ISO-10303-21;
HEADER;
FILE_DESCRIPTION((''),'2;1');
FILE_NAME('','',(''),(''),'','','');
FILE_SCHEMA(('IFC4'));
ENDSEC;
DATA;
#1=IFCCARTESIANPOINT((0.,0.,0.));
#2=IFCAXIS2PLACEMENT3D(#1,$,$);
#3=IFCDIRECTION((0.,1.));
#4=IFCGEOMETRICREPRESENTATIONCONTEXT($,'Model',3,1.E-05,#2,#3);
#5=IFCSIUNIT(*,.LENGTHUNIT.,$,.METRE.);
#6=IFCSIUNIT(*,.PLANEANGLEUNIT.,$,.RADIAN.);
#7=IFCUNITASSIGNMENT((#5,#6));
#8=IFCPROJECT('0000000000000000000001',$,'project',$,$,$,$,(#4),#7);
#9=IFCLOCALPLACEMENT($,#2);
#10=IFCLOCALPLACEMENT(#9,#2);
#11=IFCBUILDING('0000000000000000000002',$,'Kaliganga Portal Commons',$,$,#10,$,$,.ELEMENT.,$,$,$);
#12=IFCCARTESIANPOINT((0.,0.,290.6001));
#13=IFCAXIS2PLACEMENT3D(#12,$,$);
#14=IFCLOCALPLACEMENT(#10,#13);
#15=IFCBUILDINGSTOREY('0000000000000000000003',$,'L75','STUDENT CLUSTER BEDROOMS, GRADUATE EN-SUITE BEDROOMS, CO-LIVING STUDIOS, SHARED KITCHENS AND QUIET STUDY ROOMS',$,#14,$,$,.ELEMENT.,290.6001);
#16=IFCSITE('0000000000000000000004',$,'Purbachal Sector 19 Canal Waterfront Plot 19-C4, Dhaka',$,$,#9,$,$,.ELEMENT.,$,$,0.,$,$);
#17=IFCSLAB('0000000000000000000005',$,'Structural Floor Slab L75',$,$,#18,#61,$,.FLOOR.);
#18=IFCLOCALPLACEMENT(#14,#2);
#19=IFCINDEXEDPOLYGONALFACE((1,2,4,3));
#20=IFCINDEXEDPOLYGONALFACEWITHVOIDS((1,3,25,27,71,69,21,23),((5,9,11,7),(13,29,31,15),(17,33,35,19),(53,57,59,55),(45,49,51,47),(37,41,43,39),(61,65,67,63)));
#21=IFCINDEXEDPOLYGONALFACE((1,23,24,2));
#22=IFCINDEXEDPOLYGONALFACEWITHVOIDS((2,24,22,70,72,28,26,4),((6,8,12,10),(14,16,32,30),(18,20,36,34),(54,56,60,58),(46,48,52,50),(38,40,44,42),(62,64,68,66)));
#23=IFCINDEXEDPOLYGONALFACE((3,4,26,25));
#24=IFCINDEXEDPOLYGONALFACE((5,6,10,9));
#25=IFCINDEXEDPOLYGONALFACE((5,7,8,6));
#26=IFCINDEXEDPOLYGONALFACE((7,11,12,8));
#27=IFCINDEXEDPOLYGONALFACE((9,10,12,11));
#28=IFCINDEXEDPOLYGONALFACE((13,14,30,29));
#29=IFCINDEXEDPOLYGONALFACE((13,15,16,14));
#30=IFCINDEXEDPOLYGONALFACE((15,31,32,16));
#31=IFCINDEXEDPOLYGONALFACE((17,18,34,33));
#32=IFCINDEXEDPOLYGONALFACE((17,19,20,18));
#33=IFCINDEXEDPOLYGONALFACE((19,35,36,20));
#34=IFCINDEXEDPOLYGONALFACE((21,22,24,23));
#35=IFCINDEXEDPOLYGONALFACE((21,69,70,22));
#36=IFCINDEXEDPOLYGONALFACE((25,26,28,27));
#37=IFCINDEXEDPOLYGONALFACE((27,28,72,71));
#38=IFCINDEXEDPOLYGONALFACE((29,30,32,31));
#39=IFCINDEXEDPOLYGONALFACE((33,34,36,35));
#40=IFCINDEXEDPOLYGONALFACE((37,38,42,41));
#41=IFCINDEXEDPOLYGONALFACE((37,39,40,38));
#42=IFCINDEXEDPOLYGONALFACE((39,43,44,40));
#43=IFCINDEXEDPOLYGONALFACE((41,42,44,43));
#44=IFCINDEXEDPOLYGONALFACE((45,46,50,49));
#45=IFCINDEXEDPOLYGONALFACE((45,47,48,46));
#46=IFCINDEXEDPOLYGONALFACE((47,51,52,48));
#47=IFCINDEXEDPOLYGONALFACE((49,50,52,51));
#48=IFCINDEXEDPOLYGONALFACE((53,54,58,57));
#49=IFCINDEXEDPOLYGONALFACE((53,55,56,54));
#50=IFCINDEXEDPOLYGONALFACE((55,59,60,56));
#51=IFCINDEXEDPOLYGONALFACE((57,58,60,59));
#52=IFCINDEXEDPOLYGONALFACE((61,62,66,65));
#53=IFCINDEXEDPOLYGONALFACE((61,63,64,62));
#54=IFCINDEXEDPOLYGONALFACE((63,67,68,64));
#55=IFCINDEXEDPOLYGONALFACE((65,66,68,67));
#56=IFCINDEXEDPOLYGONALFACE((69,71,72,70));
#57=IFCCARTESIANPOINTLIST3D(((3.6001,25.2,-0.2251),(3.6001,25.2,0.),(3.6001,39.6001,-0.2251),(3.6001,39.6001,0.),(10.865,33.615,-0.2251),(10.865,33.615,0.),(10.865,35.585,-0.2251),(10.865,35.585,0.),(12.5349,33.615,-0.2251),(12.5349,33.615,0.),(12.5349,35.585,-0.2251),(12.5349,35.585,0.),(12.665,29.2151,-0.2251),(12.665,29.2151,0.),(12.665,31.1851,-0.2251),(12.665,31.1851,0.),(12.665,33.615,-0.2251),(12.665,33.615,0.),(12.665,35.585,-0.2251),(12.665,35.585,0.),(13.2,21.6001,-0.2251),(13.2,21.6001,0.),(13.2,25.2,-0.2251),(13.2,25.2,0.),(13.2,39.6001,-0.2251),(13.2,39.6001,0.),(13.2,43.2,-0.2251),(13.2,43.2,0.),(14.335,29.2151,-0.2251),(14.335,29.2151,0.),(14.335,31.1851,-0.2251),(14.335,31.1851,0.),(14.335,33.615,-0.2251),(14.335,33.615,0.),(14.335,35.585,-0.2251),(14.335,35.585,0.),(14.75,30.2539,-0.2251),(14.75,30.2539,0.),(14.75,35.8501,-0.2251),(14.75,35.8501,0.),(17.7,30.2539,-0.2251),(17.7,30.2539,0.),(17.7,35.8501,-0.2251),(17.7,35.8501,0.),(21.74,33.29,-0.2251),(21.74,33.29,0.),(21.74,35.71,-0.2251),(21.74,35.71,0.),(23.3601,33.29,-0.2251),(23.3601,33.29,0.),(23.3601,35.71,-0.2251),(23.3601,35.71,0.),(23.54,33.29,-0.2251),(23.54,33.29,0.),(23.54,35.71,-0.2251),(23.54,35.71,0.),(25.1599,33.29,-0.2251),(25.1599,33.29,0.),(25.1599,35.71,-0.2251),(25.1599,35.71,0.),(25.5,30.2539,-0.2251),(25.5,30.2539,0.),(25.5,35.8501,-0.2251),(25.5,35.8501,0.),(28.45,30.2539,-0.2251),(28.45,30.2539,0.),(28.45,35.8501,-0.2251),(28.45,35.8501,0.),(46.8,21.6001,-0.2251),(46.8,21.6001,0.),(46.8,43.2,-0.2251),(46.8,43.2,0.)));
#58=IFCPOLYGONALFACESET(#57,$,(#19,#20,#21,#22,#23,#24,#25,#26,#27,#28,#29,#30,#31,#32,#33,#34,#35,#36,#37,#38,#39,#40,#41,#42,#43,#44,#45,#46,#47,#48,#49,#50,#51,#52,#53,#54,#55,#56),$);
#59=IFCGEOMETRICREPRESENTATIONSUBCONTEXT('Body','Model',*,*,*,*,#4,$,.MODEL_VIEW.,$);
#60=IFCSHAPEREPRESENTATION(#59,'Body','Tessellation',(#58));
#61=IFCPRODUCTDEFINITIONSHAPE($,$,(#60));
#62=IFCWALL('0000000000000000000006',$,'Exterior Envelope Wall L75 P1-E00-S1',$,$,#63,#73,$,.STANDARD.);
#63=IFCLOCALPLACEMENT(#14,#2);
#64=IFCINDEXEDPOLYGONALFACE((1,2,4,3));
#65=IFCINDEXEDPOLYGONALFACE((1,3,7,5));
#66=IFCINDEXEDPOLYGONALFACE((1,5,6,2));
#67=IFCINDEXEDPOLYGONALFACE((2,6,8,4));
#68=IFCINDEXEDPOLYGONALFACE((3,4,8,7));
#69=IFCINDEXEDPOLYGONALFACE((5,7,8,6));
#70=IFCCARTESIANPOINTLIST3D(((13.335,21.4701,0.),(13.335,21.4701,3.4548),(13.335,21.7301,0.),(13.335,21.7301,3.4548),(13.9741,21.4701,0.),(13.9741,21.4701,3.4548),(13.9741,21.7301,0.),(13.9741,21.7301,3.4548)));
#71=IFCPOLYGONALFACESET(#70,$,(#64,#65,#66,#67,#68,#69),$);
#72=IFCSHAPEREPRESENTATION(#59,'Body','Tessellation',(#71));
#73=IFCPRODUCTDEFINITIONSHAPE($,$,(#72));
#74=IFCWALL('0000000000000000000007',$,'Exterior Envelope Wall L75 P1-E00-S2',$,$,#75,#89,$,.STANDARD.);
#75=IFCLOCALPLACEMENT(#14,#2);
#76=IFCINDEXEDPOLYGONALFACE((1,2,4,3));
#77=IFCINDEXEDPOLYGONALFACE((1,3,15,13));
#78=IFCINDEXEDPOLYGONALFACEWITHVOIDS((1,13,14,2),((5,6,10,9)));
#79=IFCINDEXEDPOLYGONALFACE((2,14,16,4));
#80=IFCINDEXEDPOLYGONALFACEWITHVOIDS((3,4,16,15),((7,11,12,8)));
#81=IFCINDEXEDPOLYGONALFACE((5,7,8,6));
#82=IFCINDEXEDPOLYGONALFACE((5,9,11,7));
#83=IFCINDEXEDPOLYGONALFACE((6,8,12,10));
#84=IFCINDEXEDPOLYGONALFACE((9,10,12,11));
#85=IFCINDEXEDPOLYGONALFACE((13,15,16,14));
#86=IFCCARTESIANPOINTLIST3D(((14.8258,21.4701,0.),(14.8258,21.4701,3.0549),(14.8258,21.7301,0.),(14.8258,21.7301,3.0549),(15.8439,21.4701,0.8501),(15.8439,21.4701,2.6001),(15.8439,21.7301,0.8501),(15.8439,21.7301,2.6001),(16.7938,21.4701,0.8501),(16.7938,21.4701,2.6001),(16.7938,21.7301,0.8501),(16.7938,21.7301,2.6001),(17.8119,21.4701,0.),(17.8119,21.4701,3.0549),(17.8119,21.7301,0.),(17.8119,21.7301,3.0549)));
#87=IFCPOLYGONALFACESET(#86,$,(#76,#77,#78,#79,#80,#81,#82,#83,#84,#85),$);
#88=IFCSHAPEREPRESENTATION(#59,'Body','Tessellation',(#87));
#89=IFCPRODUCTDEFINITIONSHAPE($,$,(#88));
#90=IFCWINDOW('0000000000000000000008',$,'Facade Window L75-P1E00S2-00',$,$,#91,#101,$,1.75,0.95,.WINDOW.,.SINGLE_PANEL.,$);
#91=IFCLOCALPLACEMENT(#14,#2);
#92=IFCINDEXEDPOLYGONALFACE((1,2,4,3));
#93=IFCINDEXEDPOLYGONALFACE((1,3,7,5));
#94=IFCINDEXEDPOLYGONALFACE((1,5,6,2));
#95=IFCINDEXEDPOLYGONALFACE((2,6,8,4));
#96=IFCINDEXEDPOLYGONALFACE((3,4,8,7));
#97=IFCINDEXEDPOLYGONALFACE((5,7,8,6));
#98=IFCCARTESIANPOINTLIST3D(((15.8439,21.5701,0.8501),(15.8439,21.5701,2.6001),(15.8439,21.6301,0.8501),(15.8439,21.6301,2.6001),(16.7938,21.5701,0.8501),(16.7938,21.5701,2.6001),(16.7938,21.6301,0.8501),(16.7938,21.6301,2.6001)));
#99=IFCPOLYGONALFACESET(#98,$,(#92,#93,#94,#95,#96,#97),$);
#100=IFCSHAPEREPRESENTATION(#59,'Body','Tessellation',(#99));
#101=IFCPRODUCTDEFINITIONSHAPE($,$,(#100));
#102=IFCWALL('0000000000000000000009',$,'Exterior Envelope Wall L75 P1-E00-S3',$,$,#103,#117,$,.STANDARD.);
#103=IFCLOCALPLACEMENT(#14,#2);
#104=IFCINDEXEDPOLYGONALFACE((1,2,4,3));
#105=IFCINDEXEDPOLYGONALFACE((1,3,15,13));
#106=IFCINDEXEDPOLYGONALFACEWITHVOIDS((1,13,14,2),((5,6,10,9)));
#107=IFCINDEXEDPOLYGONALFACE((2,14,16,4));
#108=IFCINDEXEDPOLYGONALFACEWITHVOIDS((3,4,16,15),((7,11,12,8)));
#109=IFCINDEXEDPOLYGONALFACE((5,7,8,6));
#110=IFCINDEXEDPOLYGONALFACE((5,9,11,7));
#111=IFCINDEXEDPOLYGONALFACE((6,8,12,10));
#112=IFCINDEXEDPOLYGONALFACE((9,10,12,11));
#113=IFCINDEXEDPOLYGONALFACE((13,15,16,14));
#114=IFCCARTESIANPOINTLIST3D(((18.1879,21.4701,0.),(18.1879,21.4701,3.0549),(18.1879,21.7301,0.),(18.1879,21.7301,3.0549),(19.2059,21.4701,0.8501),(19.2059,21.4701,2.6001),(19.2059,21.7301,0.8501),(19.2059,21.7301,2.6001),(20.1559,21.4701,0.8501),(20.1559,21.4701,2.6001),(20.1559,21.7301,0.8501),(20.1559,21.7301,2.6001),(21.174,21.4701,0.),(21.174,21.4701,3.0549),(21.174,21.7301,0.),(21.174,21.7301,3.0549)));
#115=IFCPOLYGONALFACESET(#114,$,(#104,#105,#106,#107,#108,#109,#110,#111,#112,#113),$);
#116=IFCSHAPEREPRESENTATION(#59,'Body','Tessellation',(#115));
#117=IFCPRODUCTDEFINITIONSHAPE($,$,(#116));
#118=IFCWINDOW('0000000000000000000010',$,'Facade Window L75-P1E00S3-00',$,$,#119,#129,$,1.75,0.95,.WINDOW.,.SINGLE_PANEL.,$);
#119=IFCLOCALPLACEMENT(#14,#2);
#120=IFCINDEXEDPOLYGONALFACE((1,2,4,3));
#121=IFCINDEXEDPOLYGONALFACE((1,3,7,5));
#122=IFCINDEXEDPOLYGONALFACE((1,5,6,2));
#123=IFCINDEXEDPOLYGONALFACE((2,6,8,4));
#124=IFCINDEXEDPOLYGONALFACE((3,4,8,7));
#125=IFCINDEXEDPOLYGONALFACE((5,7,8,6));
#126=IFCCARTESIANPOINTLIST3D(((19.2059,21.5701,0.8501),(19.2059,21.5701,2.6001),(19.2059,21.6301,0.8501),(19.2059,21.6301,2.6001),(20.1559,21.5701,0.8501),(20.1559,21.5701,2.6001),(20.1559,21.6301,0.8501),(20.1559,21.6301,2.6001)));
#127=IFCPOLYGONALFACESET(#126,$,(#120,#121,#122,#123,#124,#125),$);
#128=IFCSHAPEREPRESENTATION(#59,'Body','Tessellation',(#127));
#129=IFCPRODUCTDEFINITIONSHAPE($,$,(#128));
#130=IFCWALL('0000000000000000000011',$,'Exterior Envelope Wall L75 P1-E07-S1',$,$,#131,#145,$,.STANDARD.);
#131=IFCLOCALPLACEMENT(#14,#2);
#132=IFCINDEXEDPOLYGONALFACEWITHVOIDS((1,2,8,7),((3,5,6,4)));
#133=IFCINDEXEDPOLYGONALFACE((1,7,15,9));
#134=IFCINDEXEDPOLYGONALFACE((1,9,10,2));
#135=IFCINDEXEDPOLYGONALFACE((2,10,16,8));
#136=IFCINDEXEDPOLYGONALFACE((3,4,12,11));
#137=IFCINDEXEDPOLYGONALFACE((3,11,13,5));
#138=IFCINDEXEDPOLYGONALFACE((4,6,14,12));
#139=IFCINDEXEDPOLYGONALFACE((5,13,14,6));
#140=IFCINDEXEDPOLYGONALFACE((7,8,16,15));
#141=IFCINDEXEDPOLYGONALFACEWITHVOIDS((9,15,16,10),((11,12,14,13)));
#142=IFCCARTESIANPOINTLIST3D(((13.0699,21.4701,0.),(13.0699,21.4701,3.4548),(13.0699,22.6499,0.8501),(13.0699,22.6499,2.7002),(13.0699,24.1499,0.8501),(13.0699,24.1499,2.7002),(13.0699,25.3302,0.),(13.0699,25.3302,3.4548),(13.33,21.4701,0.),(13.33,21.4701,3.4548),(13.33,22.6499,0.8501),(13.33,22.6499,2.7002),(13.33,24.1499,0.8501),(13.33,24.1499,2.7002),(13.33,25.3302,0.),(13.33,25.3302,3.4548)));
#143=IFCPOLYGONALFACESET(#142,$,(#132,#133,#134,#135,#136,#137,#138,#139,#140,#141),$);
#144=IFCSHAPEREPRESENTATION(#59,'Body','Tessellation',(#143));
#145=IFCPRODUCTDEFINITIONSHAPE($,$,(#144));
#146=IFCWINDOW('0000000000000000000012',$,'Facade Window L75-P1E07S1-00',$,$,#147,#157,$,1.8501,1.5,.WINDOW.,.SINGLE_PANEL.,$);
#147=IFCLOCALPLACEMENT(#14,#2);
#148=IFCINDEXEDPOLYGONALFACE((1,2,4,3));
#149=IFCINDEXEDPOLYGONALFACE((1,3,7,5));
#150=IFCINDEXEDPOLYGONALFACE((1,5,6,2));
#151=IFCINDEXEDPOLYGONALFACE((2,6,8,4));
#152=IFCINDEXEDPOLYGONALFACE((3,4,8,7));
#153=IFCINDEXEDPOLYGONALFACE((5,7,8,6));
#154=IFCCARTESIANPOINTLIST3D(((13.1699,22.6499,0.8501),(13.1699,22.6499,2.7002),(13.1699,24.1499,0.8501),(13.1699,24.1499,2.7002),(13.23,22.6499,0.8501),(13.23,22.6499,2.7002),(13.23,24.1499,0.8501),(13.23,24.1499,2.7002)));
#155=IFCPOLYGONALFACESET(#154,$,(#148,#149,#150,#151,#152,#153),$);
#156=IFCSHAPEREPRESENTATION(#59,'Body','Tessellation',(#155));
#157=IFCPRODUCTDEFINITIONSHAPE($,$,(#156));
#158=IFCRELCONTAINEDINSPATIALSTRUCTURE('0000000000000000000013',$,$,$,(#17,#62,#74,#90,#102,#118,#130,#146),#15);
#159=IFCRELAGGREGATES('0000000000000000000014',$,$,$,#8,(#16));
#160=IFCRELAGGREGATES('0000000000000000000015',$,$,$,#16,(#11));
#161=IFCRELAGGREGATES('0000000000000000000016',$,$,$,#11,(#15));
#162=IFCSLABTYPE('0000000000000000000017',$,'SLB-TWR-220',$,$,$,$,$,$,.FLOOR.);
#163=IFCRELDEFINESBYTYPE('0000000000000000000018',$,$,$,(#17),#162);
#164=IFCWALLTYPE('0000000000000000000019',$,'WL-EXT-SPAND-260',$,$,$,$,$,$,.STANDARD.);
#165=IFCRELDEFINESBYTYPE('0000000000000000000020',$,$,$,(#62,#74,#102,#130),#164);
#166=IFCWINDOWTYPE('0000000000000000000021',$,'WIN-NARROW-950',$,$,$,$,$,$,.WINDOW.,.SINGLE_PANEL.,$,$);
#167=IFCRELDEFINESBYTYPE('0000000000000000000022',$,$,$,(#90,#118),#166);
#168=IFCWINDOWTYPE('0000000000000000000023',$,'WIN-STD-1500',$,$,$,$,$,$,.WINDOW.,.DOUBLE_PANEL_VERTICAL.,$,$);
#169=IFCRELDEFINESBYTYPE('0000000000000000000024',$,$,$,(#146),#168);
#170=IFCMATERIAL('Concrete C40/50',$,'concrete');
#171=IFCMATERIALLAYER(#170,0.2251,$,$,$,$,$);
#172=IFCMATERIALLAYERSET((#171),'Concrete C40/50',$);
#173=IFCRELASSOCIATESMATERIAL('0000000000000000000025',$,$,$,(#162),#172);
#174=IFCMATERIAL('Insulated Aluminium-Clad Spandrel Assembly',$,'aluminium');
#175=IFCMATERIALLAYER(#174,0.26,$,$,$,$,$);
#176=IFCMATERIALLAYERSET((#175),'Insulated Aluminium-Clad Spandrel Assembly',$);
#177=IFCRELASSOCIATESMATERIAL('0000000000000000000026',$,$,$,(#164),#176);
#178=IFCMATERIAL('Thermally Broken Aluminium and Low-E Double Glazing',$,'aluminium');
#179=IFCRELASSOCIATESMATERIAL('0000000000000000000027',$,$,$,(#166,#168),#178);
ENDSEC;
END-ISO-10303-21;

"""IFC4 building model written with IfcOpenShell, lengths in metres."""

from ifc_helpers import new_model, si_unit, direction, frame, frame_2d, origin, place, context, subcontext, project, spatial, polyline, rectangle, outline, extrude, material, layer, layer_set, type_object, element, fill, save


model = new_model("IFC4")

# Units and contexts
model_context = context("Model", 3, precision=1e-05, world=origin(), true_north=direction((0.0, 1.0)))
body_context = subcontext(model_context, "Body", "Model", "MODEL_VIEW")
ifc_project = project(units=[si_unit("LENGTHUNIT", "METRE"), si_unit("PLANEANGLEUNIT", "RADIAN")], contexts=[model_context])

# Site, building, storey
site_placement = place(None, origin())
site = spatial("IfcSite", under=ifc_project, at=site_placement, Name="Purbachal Sector 19 Canal Waterfront Plot 19-C4, Dhaka", CompositionType="ELEMENT", RefElevation=0.0)
building_placement = place(site_placement, origin())
building = spatial("IfcBuilding", under=site, at=building_placement, Name="Kaliganga Portal Commons", CompositionType="ELEMENT")
storey_placement = place(building_placement, frame((0.0, 0.0, 290.6001)))
storey = spatial("IfcBuildingStorey", under=building, at=storey_placement, Name="L75", Description="STUDENT CLUSTER BEDROOMS, GRADUATE EN-SUITE BEDROOMS, CO-LIVING STUDIOS, SHARED KITCHENS AND QUIET STUDY ROOMS", CompositionType="ELEMENT", Elevation=290.6001)

# Shared definitions
ifc_material_1 = material(Name="Concrete C40/50", Category="concrete")

# Slab
ifc_layer_1 = layer(ifc_material_1, 0.2251)
ifc_layer_set_1 = layer_set([ifc_layer_1], Name="Concrete C40/50")
slab_type_1 = type_object("IfcSlabType", Name="SLB-TWR-220", PredefinedType="FLOOR", material=ifc_layer_set_1)
slab_1_placement = place(storey_placement, frame((0.0, 0.0, -0.2251)))
element("IfcSlab", 1, at=slab_1_placement, inside=storey, type_object=slab_type_1, Name="Structural Floor Slab L75", PredefinedType="FLOOR", context=body_context, shape_type="SweptSolid", body=[
    extrude(outline(polyline([(13.2, 21.6001), (46.8, 21.6001), (46.8, 43.2), (13.2, 43.2), (13.2, 39.6001), (3.6001, 39.6001), (3.6001, 25.2), (13.2, 25.2), (13.2, 21.6001)]), holes=[polyline([(14.75, 30.2539), (14.75, 35.8501), (17.7, 35.8501), (17.7, 30.2539), (14.75, 30.2539)]), polyline([(25.5, 30.2539), (25.5, 35.8501), (28.45, 35.8501), (28.45, 30.2539), (25.5, 30.2539)]), polyline([(12.665, 33.615), (12.665, 35.585), (14.335, 35.585), (14.335, 33.615), (12.665, 33.615)]), polyline([(12.665, 29.2151), (12.665, 31.1851), (14.335, 31.1851), (14.335, 29.2151), (12.665, 29.2151)]), polyline([(10.865, 33.615), (10.865, 35.585), (12.5349, 35.585), (12.5349, 33.615), (10.865, 33.615)]), polyline([(21.74, 33.29), (21.74, 35.71), (23.3601, 35.71), (23.3601, 33.29), (21.74, 33.29)]), polyline([(23.54, 33.29), (23.54, 35.71), (25.1599, 35.71), (25.1599, 33.29), (23.54, 33.29)])]), origin(), (0.0, 0.0, 1.0), 0.2251),
])

# Wall
ifc_material_2 = material(Name="Insulated Aluminium-Clad Spandrel Assembly", Category="aluminium")
ifc_layer_2 = layer(ifc_material_2, 0.26)
ifc_layer_set_2 = layer_set([ifc_layer_2], Name="Insulated Aluminium-Clad Spandrel Assembly")
wall_type = type_object("IfcWallType", Name="WL-EXT-SPAND-260", PredefinedType="STANDARD", material=ifc_layer_set_2)
wall_1_placement = place(storey_placement, frame((13.9741, 21.6001, 0.0), z_axis=(0.0, 0.0, 1.0), x_axis=(-1.0, 0.0, 0.0)))
element("IfcWall", 2, at=wall_1_placement, inside=storey, type_object=wall_type, Name="Exterior Envelope Wall L75 P1-E00-S1", PredefinedType="STANDARD", context=body_context, shape_type="SweptSolid", body=[
    extrude(rectangle(XDim=0.6392, YDim=0.26, at=frame_2d((0.3196, 0.0))), origin(), (0.0, 0.0, 1.0), 3.4548),
])

# Walls, openings, windows
wall_2_placement = place(storey_placement, frame((17.812, 21.6001, 0.0), z_axis=(0.0, 0.0, 1.0), x_axis=(-1.0, 0.0, 0.0)))
wall_2 = element("IfcWall", 3, at=wall_2_placement, inside=storey, type_object=wall_type, Name="Exterior Envelope Wall L75 P1-E00-S2", PredefinedType="STANDARD", context=body_context, shape_type="SweptSolid", body=[
    extrude(rectangle(XDim=2.9861, YDim=0.26, at=frame_2d((1.4932, 0.0))), origin(), (0.0, 0.0, 1.0), 3.0549),
])
opening_1_placement = place(wall_2_placement, frame((1.0181, 0.0, 0.8501)))
opening_1 = element("IfcOpeningElement", 4, at=opening_1_placement, cuts=wall_2, PredefinedType="OPENING", context=body_context, shape_type="SweptSolid", body=[
    extrude(rectangle(XDim=0.95, YDim=1.75, at=frame_2d((0.4751, 0.875))), frame((0.0, 0.1401, 0.0), z_axis=(0.0, -1.0, 0.0), x_axis=(1.0, 0.0, 0.0)), (0.0, 0.0, 1.0), 0.28),
])
ifc_material_3 = material(Name="Thermally Broken Aluminium and Low-E Double Glazing", Category="aluminium")
window_type_1 = type_object("IfcWindowType", Name="WIN-NARROW-950", PartitioningType="SINGLE_PANEL", PredefinedType="WINDOW", material=ifc_material_3)
window_1_placement = place(opening_1_placement, origin())
window_1 = element("IfcWindow", 5, at=window_1_placement, inside=storey, type_object=window_type_1, Name="Facade Window L75-P1E00S2-00", OverallHeight=1.75, OverallWidth=0.95, PartitioningType="SINGLE_PANEL", PredefinedType="WINDOW", context=body_context, shape_type="SweptSolid", body=[
    extrude(rectangle(XDim=0.95, YDim=1.75, at=frame_2d((0.4751, 0.875))), frame((0.0, 0.03, 0.0), z_axis=(0.0, -1.0, 0.0), x_axis=(1.0, 0.0, 0.0)), (0.0, 0.0, 1.0), 0.0601),
])
fill(opening_1, window_1)
wall_3_placement = place(storey_placement, frame((21.1741, 21.6001, 0.0), z_axis=(0.0, 0.0, 1.0), x_axis=(-1.0, 0.0, 0.0)))
wall_3 = element("IfcWall", 6, at=wall_3_placement, inside=storey, type_object=wall_type, Name="Exterior Envelope Wall L75 P1-E00-S3", PredefinedType="STANDARD", context=body_context, shape_type="SweptSolid", body=[
    extrude(rectangle(XDim=2.9861, YDim=0.26, at=frame_2d((1.4932, 0.0))), origin(), (0.0, 0.0, 1.0), 3.0549),
])
opening_2_placement = place(wall_3_placement, frame((1.0181, 0.0, 0.8501)))
opening_2 = element("IfcOpeningElement", 7, at=opening_2_placement, cuts=wall_3, PredefinedType="OPENING", context=body_context, shape_type="SweptSolid", body=[
    extrude(rectangle(XDim=0.95, YDim=1.75, at=frame_2d((0.4751, 0.875))), frame((0.0, 0.1401, 0.0), z_axis=(0.0, -1.0, 0.0), x_axis=(1.0, 0.0, 0.0)), (0.0, 0.0, 1.0), 0.28),
])
window_2_placement = place(opening_2_placement, origin())
window_2 = element("IfcWindow", 8, at=window_2_placement, inside=storey, type_object=window_type_1, Name="Facade Window L75-P1E00S3-00", OverallHeight=1.75, OverallWidth=0.95, PartitioningType="SINGLE_PANEL", PredefinedType="WINDOW", context=body_context, shape_type="SweptSolid", body=[
    extrude(rectangle(XDim=0.95, YDim=1.75, at=frame_2d((0.4751, 0.875))), frame((0.0, 0.03, 0.0), z_axis=(0.0, -1.0, 0.0), x_axis=(1.0, 0.0, 0.0)), (0.0, 0.0, 1.0), 0.0601),
])
fill(opening_2, window_2)
wall_4_placement = place(storey_placement, frame((13.2, 21.47, 0.0), z_axis=(0.0, 0.0, 1.0), x_axis=(0.0, 1.0, 0.0)))
wall_4 = element("IfcWall", 9, at=wall_4_placement, inside=storey, type_object=wall_type, Name="Exterior Envelope Wall L75 P1-E07-S1", PredefinedType="STANDARD", context=body_context, shape_type="SweptSolid", body=[
    extrude(rectangle(XDim=3.8601, YDim=0.26, at=frame_2d((1.9302, 0.0))), origin(), (0.0, 0.0, 1.0), 3.4548),
])
opening_3_placement = place(wall_4_placement, frame((1.1799, 0.0, 0.8501)))
opening_3 = element("IfcOpeningElement", 10, at=opening_3_placement, cuts=wall_4, PredefinedType="OPENING", context=body_context, shape_type="SweptSolid", body=[
    extrude(rectangle(XDim=1.5, YDim=1.8501, at=frame_2d((0.75, 0.925))), frame((0.0, 0.1401, 0.0), z_axis=(0.0, -1.0, 0.0), x_axis=(1.0, 0.0, 0.0)), (0.0, 0.0, 1.0), 0.28),
])
window_type_2 = type_object("IfcWindowType", Name="WIN-STD-1500", PartitioningType="DOUBLE_PANEL_VERTICAL", PredefinedType="WINDOW", material=ifc_material_3)
window_3_placement = place(opening_3_placement, origin())
window_3 = element("IfcWindow", 11, at=window_3_placement, inside=storey, type_object=window_type_2, Name="Facade Window L75-P1E07S1-00", OverallHeight=1.8501, OverallWidth=1.5, PartitioningType="SINGLE_PANEL", PredefinedType="WINDOW", context=body_context, shape_type="SweptSolid", body=[
    extrude(rectangle(XDim=1.5, YDim=1.8501, at=frame_2d((0.75, 0.925))), frame((0.0, 0.03, 0.0), z_axis=(0.0, -1.0, 0.0), x_axis=(1.0, 0.0, 0.0)), (0.0, 0.0, 1.0), 0.0601),
])
fill(opening_3, window_3)

save(model, "model.ifc")
